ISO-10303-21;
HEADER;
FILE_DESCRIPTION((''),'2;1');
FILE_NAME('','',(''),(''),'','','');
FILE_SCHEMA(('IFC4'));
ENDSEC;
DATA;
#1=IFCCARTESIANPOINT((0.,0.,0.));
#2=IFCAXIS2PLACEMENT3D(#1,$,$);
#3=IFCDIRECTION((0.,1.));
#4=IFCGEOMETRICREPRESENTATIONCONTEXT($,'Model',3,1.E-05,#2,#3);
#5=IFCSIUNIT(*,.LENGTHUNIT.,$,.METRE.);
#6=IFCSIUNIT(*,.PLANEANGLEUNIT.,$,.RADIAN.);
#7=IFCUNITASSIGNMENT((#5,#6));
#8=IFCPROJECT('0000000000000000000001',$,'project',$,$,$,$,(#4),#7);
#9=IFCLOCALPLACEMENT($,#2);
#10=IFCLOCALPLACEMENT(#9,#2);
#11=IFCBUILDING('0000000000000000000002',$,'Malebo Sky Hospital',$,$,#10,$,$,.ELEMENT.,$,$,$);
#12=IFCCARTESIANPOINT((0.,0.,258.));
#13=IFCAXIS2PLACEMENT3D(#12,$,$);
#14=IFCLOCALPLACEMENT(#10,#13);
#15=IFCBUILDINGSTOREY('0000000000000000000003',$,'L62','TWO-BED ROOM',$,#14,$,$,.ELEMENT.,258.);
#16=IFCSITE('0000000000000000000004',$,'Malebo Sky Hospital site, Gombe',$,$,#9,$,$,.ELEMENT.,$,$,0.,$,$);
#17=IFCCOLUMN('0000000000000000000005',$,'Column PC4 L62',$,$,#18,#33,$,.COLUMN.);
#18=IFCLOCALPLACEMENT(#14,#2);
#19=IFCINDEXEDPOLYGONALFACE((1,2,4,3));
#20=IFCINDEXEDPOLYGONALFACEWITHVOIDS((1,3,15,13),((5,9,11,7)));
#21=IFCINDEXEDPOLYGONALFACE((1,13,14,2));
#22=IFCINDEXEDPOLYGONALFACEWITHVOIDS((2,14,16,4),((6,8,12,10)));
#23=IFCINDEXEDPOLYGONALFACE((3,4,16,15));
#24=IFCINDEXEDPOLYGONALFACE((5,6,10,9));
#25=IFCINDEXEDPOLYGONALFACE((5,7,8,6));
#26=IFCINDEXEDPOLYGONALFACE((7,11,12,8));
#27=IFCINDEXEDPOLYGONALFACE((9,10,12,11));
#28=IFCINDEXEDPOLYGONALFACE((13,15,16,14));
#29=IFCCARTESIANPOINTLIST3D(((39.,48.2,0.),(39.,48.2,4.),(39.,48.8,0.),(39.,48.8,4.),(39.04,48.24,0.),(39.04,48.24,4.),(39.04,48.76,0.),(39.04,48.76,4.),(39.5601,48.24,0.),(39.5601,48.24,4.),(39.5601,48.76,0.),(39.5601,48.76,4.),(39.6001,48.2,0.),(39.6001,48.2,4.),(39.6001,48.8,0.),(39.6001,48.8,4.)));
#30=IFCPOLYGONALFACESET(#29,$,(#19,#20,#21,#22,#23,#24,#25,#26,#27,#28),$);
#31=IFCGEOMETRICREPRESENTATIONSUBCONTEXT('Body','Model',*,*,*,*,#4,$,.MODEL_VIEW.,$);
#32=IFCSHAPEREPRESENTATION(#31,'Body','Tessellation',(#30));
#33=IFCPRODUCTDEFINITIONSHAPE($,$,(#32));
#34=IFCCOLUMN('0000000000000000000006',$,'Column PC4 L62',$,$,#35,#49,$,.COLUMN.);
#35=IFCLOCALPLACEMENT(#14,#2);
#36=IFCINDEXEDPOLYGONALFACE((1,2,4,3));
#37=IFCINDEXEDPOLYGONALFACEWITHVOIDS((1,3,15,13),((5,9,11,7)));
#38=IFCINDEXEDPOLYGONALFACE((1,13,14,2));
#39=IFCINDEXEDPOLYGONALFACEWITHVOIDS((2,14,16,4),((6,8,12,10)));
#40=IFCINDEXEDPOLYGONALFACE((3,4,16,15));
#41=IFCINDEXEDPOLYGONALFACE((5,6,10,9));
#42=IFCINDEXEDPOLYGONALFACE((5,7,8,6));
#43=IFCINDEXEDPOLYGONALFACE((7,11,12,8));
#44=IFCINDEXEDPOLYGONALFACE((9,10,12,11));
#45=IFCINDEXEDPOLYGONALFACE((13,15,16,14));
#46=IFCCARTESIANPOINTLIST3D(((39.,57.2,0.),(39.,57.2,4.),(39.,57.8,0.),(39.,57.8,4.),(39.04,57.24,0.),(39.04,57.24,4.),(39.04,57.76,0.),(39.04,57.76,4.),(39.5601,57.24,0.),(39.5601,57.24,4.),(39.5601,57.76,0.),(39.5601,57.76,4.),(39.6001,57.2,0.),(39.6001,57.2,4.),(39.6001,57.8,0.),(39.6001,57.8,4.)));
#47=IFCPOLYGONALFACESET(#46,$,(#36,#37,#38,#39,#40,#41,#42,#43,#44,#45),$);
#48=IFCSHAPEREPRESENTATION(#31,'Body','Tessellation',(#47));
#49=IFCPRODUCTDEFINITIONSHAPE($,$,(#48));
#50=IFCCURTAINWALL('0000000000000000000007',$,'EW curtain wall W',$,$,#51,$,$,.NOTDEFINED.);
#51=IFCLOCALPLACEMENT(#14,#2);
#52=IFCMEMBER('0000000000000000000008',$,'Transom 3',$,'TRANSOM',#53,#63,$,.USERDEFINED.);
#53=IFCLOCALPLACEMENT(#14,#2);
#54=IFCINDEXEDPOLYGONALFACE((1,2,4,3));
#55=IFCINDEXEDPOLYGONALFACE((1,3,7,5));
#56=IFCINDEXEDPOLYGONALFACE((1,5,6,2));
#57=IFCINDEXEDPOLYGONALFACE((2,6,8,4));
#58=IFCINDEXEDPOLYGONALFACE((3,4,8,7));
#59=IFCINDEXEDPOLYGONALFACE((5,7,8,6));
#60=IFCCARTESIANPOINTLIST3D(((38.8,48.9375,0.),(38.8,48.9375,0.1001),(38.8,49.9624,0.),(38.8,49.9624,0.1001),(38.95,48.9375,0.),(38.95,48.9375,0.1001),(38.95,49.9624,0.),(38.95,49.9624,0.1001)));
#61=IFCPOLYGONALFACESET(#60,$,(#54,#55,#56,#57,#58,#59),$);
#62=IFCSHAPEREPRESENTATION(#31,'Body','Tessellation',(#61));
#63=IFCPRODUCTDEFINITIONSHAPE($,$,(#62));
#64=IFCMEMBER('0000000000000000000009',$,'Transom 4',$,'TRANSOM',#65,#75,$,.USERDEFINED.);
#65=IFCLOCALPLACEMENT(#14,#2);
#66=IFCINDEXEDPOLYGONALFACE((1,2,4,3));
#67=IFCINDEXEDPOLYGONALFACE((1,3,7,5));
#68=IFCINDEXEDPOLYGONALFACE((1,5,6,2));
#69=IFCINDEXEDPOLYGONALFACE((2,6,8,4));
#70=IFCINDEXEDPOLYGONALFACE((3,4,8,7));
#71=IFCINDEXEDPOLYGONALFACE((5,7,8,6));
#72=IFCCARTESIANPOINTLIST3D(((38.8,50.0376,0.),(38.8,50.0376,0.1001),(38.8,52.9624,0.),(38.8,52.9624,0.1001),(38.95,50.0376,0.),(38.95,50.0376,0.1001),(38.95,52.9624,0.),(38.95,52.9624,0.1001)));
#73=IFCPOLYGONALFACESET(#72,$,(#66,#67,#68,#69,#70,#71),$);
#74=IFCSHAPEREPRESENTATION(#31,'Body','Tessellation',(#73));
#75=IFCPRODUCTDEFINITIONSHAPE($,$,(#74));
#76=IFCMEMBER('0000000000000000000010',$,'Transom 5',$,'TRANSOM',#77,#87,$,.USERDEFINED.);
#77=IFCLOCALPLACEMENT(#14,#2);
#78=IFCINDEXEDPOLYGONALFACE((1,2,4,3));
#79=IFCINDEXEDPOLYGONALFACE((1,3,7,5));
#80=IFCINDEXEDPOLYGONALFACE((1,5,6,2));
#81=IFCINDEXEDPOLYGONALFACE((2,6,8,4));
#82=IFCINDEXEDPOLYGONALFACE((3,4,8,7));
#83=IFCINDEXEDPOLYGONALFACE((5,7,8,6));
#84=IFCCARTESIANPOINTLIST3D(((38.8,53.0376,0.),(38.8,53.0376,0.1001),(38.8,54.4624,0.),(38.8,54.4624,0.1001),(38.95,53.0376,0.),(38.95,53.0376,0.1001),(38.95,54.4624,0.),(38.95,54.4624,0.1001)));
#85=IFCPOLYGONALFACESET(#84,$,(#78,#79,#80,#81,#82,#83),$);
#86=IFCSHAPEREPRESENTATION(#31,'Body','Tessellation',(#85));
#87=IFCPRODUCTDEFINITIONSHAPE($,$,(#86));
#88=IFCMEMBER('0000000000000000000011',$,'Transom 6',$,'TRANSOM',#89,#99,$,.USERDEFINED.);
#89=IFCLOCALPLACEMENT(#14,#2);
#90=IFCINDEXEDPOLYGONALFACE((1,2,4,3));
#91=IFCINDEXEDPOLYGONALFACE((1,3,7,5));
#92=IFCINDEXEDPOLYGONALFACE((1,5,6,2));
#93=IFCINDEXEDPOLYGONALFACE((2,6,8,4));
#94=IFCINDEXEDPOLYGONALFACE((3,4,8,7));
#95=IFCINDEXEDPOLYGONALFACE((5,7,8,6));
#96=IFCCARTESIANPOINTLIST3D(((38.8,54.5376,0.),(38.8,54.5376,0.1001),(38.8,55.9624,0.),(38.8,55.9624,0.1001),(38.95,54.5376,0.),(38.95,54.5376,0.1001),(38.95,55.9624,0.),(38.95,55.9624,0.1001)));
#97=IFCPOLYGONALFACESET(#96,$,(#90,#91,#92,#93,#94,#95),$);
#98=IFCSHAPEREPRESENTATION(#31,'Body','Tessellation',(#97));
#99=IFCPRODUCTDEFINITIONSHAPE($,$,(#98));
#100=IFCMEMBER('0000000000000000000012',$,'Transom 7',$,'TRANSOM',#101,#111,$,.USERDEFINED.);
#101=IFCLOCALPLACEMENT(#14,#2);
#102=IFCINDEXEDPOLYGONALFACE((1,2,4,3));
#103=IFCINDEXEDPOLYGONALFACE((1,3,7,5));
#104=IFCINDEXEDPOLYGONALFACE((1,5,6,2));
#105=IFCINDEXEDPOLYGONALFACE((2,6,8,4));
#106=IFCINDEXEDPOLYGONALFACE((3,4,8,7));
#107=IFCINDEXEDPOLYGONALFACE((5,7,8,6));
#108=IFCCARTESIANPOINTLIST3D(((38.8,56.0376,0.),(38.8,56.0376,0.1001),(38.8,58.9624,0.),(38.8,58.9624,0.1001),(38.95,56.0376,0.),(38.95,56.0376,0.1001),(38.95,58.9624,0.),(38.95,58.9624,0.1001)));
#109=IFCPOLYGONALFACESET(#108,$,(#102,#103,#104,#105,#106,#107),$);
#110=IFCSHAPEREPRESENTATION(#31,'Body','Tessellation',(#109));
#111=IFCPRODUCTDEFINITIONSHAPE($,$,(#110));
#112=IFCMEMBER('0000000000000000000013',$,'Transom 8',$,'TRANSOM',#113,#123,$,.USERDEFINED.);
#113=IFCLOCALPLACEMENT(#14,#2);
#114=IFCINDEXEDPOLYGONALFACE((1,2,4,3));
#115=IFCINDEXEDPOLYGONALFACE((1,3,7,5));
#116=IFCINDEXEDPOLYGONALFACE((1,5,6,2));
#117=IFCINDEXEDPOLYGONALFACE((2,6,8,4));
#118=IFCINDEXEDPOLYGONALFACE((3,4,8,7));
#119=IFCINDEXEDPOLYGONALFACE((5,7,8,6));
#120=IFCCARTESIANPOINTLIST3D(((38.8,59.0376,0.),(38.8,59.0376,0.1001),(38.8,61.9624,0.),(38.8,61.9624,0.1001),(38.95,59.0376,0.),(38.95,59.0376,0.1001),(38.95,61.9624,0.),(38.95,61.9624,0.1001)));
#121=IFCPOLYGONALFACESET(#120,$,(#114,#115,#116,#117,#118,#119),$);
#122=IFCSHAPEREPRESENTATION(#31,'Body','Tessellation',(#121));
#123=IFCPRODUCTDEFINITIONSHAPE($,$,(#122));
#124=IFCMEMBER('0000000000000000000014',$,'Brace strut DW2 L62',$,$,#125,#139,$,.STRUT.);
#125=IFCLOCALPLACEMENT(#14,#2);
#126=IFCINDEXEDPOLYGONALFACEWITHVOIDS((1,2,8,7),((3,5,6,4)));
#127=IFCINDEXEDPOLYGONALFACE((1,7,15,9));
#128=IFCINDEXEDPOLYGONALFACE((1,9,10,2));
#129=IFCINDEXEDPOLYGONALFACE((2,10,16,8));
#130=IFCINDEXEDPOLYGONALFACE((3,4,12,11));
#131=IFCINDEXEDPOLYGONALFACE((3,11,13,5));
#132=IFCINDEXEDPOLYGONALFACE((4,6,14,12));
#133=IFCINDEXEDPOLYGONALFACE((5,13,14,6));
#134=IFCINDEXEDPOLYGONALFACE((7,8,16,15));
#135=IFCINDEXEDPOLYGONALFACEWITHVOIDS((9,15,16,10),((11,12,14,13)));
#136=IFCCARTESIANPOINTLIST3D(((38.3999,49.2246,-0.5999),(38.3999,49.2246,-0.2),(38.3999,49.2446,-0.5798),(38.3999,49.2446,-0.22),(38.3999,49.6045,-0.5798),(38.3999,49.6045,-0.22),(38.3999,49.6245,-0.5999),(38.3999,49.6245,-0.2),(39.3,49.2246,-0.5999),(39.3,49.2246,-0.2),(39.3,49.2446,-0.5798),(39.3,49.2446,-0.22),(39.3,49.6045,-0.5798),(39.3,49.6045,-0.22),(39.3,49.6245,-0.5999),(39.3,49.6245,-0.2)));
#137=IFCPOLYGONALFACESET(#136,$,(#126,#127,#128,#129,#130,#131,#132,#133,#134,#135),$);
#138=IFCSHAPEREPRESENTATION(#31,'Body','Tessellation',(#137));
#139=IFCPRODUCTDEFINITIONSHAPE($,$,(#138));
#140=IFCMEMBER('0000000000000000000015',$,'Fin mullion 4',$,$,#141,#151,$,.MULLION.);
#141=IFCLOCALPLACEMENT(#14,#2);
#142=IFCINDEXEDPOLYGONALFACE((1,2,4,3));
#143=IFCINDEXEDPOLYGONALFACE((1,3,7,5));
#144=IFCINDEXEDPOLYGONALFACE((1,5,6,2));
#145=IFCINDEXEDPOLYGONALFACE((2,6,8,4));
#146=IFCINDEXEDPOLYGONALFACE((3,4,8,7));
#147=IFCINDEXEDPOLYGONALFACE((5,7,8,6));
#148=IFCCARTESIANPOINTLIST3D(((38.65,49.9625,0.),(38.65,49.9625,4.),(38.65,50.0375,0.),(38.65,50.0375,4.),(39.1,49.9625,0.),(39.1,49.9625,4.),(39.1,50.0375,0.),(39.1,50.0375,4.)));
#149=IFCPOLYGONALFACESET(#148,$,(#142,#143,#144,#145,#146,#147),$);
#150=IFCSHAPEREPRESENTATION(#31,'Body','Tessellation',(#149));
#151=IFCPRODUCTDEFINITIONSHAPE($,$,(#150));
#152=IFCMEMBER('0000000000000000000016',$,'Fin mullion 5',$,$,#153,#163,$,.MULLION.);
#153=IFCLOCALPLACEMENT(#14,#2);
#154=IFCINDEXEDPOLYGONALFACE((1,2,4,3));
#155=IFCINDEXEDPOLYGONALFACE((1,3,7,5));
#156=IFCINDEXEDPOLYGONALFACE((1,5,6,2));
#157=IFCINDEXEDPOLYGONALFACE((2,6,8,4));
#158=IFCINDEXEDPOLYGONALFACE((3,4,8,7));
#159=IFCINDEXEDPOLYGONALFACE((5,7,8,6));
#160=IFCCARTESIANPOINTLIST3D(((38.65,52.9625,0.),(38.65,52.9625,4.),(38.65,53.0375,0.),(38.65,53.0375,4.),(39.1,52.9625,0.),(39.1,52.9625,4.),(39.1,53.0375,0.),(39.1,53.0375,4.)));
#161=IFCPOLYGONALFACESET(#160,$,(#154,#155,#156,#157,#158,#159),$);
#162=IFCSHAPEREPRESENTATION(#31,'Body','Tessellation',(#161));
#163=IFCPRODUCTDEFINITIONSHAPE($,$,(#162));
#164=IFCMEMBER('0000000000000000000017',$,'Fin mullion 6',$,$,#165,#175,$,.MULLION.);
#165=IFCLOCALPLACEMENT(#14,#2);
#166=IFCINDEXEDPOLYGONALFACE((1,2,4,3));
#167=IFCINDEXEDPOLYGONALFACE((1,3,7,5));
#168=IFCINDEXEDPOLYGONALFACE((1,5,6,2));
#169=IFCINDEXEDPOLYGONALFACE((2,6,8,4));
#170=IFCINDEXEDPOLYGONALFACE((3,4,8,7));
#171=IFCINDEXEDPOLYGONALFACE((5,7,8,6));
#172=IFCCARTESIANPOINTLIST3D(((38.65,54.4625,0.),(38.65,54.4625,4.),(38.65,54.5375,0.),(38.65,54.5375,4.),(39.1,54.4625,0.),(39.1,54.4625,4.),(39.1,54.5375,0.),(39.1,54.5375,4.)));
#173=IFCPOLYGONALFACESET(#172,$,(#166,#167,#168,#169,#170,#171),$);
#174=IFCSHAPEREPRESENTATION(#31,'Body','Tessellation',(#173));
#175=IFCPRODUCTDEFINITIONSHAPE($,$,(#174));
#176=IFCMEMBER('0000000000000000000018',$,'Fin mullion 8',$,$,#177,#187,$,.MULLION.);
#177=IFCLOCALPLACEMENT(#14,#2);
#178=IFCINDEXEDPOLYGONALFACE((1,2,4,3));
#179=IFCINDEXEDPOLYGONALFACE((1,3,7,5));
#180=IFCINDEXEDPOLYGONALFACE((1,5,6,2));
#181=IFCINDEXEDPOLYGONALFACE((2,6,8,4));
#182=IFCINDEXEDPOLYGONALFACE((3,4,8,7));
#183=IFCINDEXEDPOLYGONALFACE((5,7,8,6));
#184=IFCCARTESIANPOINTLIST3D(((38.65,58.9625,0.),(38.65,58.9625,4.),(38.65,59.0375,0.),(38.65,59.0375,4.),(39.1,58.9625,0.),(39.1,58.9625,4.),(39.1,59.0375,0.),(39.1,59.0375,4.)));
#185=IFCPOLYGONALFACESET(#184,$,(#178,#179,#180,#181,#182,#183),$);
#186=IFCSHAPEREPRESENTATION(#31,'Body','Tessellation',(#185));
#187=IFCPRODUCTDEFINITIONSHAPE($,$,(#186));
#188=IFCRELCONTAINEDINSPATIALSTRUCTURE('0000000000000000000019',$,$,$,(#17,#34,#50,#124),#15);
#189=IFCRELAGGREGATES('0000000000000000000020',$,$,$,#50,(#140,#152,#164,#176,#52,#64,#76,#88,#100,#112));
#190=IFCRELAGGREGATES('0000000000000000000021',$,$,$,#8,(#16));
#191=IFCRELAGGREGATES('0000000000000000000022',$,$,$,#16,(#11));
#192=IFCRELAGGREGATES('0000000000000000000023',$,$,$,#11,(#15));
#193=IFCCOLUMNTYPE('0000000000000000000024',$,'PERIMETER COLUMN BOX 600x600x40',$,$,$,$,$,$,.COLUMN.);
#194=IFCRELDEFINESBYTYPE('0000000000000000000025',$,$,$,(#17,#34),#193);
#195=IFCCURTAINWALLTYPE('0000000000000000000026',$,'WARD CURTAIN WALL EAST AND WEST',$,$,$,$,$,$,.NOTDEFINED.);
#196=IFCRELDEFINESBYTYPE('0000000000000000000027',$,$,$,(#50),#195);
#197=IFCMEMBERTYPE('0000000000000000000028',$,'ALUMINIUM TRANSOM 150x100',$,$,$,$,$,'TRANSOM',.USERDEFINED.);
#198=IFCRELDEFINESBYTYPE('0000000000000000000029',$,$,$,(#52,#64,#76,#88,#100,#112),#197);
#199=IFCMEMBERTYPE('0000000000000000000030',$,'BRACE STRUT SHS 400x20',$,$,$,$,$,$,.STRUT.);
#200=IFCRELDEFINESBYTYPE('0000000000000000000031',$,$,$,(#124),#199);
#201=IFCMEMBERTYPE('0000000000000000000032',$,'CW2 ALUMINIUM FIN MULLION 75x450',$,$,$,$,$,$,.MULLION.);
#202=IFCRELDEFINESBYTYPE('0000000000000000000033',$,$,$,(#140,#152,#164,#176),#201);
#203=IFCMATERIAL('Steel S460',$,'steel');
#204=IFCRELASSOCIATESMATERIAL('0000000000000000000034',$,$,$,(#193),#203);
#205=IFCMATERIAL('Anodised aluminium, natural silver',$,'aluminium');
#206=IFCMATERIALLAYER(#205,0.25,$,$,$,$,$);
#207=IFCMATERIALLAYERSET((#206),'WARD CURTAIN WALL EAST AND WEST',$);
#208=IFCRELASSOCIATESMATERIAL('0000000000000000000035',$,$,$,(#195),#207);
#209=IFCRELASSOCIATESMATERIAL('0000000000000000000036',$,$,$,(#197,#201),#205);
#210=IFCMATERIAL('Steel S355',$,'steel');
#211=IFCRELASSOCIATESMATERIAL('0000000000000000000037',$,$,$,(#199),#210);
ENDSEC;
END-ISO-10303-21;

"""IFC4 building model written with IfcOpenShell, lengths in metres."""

from ifc_helpers import new_model, si_unit, direction, frame, origin, origin_2d, place, context, subcontext, project, spatial, rectangle, hollow_rectangle, extrude, material, layer, layer_set, material_profile, profile_set, type_object, element, aggregate, save


model = new_model("IFC4")

# Units and contexts
model_context = context("Model", 3, precision=1e-05, world=origin(), true_north=direction((0.0, 1.0)))
body_context = subcontext(model_context, "Body", "Model", "MODEL_VIEW")
ifc_project = project(units=[si_unit("LENGTHUNIT", "METRE"), si_unit("PLANEANGLEUNIT", "RADIAN")], contexts=[model_context])

# Site, building, storey
site_placement = place(None, origin())
site = spatial("IfcSite", under=ifc_project, at=site_placement, Name="Malebo Sky Hospital site, Gombe", CompositionType="ELEMENT", RefElevation=0.0)
building_placement = place(site_placement, origin())
building = spatial("IfcBuilding", under=site, at=building_placement, Name="Malebo Sky Hospital", CompositionType="ELEMENT")
storey_placement = place(building_placement, frame((0.0, 0.0, 258.0)))
storey = spatial("IfcBuildingStorey", under=building, at=storey_placement, Name="L62", Description="TWO-BED ROOM", CompositionType="ELEMENT", Elevation=258.0)

# Columns
ifc_material_1 = material(Name="Steel S460", Category="steel")
ifc_material_profile_1 = material_profile(ifc_material_1, hollow_rectangle(XDim=0.6001, YDim=0.6001, WallThickness=0.04, at=origin_2d()), Name="BOX 600x600x40")
ifc_profile_set_1 = profile_set([ifc_material_profile_1], Name="Steel S460")
column_type = type_object("IfcColumnType", Name="PERIMETER COLUMN BOX 600x600x40", PredefinedType="COLUMN", material=ifc_profile_set_1)
for number, where, z_axis, x_axis, name in (
    (1, (39.3, 48.5, 0.0), (0.0, 0.0, 1.0), (1.0, 0.0, 0.0), "Column PC4 L62"),
    (2, (39.3, 57.5, 0.0), (0.0, 0.0, 1.0), (1.0, 0.0, 0.0), "Column PC4 L62"),
):
    element("IfcColumn", number, at=place(storey_placement, frame(where, z_axis=z_axis, x_axis=x_axis)), inside=storey, type_object=column_type, Name=name, PredefinedType="COLUMN", context=body_context, shape_type="SweptSolid", body=[
        extrude(hollow_rectangle(XDim=0.6001, YDim=0.6001, WallThickness=0.04, at=origin_2d()), origin(), (0.0, 0.0, 1.0), 4.0),
    ])

# Curtain wall, members
ifc_material_2 = material(Name="Anodised aluminium, natural silver", Category="aluminium")
ifc_layer_1 = layer(ifc_material_2, 0.25)
ifc_layer_set_1 = layer_set([ifc_layer_1], Name="WARD CURTAIN WALL EAST AND WEST")
curtain_wall_type = type_object("IfcCurtainWallType", Name="WARD CURTAIN WALL EAST AND WEST", PredefinedType="NOTDEFINED", material=ifc_layer_set_1)
curtain_wall_placement = place(storey_placement, origin())
curtain_wall = element("IfcCurtainWall", 3, at=curtain_wall_placement, inside=storey, type_object=curtain_wall_type, Name="EW curtain wall W", PredefinedType="NOTDEFINED")
ifc_material_profile_2 = material_profile(ifc_material_2, rectangle(XDim=0.1499, YDim=0.1001, at=origin_2d()), Name="ALUMINIUM TRANSOM 150x100")
ifc_profile_set_2 = profile_set([ifc_material_profile_2], Name="Anodised aluminium, natural silver")
member_type_1 = type_object("IfcMemberType", Name="ALUMINIUM TRANSOM 150x100", ElementType="TRANSOM", PredefinedType="USERDEFINED", material=ifc_profile_set_2)
member_1_placement = place(storey_placement, frame((38.875, 48.9375, 0.05), z_axis=(0.0, 1.0, 0.0), x_axis=(-1.0, 0.0, 0.0)))
member_1 = element("IfcMember", 4, at=member_1_placement, type_object=member_type_1, Name="Transom 3", ObjectType="TRANSOM", PredefinedType="USERDEFINED", context=body_context, shape_type="SweptSolid", body=[
    extrude(rectangle(XDim=0.1499, YDim=0.1001, at=origin_2d()), origin(), (0.0, 0.0, 1.0), 1.0249),
])
member_2_placement = place(storey_placement, frame((38.875, 50.0376, 0.05), z_axis=(0.0, 1.0, 0.0), x_axis=(-1.0, 0.0, 0.0)))
member_2 = element("IfcMember", 5, at=member_2_placement, type_object=member_type_1, Name="Transom 4", ObjectType="TRANSOM", PredefinedType="USERDEFINED", context=body_context, shape_type="SweptSolid", body=[
    extrude(rectangle(XDim=0.1499, YDim=0.1001, at=origin_2d()), origin(), (0.0, 0.0, 1.0), 2.9248),
])
member_3_placement = place(storey_placement, frame((38.875, 53.0376, 0.05), z_axis=(0.0, 1.0, 0.0), x_axis=(-1.0, 0.0, 0.0)))
member_3 = element("IfcMember", 6, at=member_3_placement, type_object=member_type_1, Name="Transom 5", ObjectType="TRANSOM", PredefinedType="USERDEFINED", context=body_context, shape_type="SweptSolid", body=[
    extrude(rectangle(XDim=0.1499, YDim=0.1001, at=origin_2d()), origin(), (0.0, 0.0, 1.0), 1.4248),
])
member_4_placement = place(storey_placement, frame((38.875, 54.5376, 0.05), z_axis=(0.0, 1.0, 0.0), x_axis=(-1.0, 0.0, 0.0)))
member_4 = element("IfcMember", 7, at=member_4_placement, type_object=member_type_1, Name="Transom 6", ObjectType="TRANSOM", PredefinedType="USERDEFINED", context=body_context, shape_type="SweptSolid", body=[
    extrude(rectangle(XDim=0.1499, YDim=0.1001, at=origin_2d()), origin(), (0.0, 0.0, 1.0), 1.4248),
])
member_5_placement = place(storey_placement, frame((38.875, 56.0376, 0.05), z_axis=(0.0, 1.0, 0.0), x_axis=(-1.0, 0.0, 0.0)))
member_5 = element("IfcMember", 8, at=member_5_placement, type_object=member_type_1, Name="Transom 7", ObjectType="TRANSOM", PredefinedType="USERDEFINED", context=body_context, shape_type="SweptSolid", body=[
    extrude(rectangle(XDim=0.1499, YDim=0.1001, at=origin_2d()), origin(), (0.0, 0.0, 1.0), 2.9248),
])
member_6_placement = place(storey_placement, frame((38.875, 59.0376, 0.05), z_axis=(0.0, 1.0, 0.0), x_axis=(-1.0, 0.0, 0.0)))
member_6 = element("IfcMember", 9, at=member_6_placement, type_object=member_type_1, Name="Transom 8", ObjectType="TRANSOM", PredefinedType="USERDEFINED", context=body_context, shape_type="SweptSolid", body=[
    extrude(rectangle(XDim=0.1499, YDim=0.1001, at=origin_2d()), origin(), (0.0, 0.0, 1.0), 2.9248),
])

# Members
ifc_material_3 = material(Name="Steel S355", Category="steel")
ifc_material_profile_3 = material_profile(ifc_material_3, hollow_rectangle(XDim=0.3999, YDim=0.3999, WallThickness=0.02, at=origin_2d()), Name="SHS 400x20")
ifc_profile_set_3 = profile_set([ifc_material_profile_3], Name="Steel S355")
member_type_2 = type_object("IfcMemberType", Name="BRACE STRUT SHS 400x20", PredefinedType="STRUT", material=ifc_profile_set_3)
member_7_placement = place(storey_placement, frame((38.3999, 49.4246, -0.3999), z_axis=(1.0, 0.0, 0.0), x_axis=(0.0, 1.0, 0.0)))
element("IfcMember", 10, at=member_7_placement, inside=storey, type_object=member_type_2, Name="Brace strut DW2 L62", PredefinedType="STRUT", context=body_context, shape_type="SweptSolid", body=[
    extrude(hollow_rectangle(XDim=0.3999, YDim=0.3999, WallThickness=0.02, at=origin_2d()), origin(), (0.0, 0.0, 1.0), 0.9001),
])
ifc_material_profile_4 = material_profile(ifc_material_2, rectangle(XDim=0.075, YDim=0.45, at=origin_2d()), Name="CW2 ALUMINIUM FIN MULLION 75x450")
ifc_profile_set_4 = profile_set([ifc_material_profile_4], Name="Anodised aluminium, natural silver")
member_type_3 = type_object("IfcMemberType", Name="CW2 ALUMINIUM FIN MULLION 75x450", PredefinedType="MULLION", material=ifc_profile_set_4)
member_8_placement = place(storey_placement, frame((38.875, 50.0, 0.0), z_axis=(0.0, 0.0, 1.0), x_axis=(0.0, 1.0, 0.0)))
member_8 = element("IfcMember", 11, at=member_8_placement, type_object=member_type_3, Name="Fin mullion 4", PredefinedType="MULLION", context=body_context, shape_type="SweptSolid", body=[
    extrude(rectangle(XDim=0.075, YDim=0.45, at=origin_2d()), origin(), (0.0, 0.0, 1.0), 4.0),
])
member_9_placement = place(storey_placement, frame((38.875, 53.0, 0.0), z_axis=(0.0, 0.0, 1.0), x_axis=(0.0, 1.0, 0.0)))
member_9 = element("IfcMember", 12, at=member_9_placement, type_object=member_type_3, Name="Fin mullion 5", PredefinedType="MULLION", context=body_context, shape_type="SweptSolid", body=[
    extrude(rectangle(XDim=0.075, YDim=0.45, at=origin_2d()), origin(), (0.0, 0.0, 1.0), 4.0),
])
member_10_placement = place(storey_placement, frame((38.875, 54.5, 0.0), z_axis=(0.0, 0.0, 1.0), x_axis=(0.0, 1.0, 0.0)))
member_10 = element("IfcMember", 13, at=member_10_placement, type_object=member_type_3, Name="Fin mullion 6", PredefinedType="MULLION", context=body_context, shape_type="SweptSolid", body=[
    extrude(rectangle(XDim=0.075, YDim=0.45, at=origin_2d()), origin(), (0.0, 0.0, 1.0), 4.0),
])
member_11_placement = place(storey_placement, frame((38.875, 59.0, 0.0), z_axis=(0.0, 0.0, 1.0), x_axis=(0.0, 1.0, 0.0)))
member_11 = element("IfcMember", 14, at=member_11_placement, type_object=member_type_3, Name="Fin mullion 8", PredefinedType="MULLION", context=body_context, shape_type="SweptSolid", body=[
    extrude(rectangle(XDim=0.075, YDim=0.45, at=origin_2d()), origin(), (0.0, 0.0, 1.0), 4.0),
])

aggregate(curtain_wall, [member_8, member_9, member_10, member_11, member_1, member_2, member_3, member_4, member_5, member_6])

save(model, "model.ifc")
